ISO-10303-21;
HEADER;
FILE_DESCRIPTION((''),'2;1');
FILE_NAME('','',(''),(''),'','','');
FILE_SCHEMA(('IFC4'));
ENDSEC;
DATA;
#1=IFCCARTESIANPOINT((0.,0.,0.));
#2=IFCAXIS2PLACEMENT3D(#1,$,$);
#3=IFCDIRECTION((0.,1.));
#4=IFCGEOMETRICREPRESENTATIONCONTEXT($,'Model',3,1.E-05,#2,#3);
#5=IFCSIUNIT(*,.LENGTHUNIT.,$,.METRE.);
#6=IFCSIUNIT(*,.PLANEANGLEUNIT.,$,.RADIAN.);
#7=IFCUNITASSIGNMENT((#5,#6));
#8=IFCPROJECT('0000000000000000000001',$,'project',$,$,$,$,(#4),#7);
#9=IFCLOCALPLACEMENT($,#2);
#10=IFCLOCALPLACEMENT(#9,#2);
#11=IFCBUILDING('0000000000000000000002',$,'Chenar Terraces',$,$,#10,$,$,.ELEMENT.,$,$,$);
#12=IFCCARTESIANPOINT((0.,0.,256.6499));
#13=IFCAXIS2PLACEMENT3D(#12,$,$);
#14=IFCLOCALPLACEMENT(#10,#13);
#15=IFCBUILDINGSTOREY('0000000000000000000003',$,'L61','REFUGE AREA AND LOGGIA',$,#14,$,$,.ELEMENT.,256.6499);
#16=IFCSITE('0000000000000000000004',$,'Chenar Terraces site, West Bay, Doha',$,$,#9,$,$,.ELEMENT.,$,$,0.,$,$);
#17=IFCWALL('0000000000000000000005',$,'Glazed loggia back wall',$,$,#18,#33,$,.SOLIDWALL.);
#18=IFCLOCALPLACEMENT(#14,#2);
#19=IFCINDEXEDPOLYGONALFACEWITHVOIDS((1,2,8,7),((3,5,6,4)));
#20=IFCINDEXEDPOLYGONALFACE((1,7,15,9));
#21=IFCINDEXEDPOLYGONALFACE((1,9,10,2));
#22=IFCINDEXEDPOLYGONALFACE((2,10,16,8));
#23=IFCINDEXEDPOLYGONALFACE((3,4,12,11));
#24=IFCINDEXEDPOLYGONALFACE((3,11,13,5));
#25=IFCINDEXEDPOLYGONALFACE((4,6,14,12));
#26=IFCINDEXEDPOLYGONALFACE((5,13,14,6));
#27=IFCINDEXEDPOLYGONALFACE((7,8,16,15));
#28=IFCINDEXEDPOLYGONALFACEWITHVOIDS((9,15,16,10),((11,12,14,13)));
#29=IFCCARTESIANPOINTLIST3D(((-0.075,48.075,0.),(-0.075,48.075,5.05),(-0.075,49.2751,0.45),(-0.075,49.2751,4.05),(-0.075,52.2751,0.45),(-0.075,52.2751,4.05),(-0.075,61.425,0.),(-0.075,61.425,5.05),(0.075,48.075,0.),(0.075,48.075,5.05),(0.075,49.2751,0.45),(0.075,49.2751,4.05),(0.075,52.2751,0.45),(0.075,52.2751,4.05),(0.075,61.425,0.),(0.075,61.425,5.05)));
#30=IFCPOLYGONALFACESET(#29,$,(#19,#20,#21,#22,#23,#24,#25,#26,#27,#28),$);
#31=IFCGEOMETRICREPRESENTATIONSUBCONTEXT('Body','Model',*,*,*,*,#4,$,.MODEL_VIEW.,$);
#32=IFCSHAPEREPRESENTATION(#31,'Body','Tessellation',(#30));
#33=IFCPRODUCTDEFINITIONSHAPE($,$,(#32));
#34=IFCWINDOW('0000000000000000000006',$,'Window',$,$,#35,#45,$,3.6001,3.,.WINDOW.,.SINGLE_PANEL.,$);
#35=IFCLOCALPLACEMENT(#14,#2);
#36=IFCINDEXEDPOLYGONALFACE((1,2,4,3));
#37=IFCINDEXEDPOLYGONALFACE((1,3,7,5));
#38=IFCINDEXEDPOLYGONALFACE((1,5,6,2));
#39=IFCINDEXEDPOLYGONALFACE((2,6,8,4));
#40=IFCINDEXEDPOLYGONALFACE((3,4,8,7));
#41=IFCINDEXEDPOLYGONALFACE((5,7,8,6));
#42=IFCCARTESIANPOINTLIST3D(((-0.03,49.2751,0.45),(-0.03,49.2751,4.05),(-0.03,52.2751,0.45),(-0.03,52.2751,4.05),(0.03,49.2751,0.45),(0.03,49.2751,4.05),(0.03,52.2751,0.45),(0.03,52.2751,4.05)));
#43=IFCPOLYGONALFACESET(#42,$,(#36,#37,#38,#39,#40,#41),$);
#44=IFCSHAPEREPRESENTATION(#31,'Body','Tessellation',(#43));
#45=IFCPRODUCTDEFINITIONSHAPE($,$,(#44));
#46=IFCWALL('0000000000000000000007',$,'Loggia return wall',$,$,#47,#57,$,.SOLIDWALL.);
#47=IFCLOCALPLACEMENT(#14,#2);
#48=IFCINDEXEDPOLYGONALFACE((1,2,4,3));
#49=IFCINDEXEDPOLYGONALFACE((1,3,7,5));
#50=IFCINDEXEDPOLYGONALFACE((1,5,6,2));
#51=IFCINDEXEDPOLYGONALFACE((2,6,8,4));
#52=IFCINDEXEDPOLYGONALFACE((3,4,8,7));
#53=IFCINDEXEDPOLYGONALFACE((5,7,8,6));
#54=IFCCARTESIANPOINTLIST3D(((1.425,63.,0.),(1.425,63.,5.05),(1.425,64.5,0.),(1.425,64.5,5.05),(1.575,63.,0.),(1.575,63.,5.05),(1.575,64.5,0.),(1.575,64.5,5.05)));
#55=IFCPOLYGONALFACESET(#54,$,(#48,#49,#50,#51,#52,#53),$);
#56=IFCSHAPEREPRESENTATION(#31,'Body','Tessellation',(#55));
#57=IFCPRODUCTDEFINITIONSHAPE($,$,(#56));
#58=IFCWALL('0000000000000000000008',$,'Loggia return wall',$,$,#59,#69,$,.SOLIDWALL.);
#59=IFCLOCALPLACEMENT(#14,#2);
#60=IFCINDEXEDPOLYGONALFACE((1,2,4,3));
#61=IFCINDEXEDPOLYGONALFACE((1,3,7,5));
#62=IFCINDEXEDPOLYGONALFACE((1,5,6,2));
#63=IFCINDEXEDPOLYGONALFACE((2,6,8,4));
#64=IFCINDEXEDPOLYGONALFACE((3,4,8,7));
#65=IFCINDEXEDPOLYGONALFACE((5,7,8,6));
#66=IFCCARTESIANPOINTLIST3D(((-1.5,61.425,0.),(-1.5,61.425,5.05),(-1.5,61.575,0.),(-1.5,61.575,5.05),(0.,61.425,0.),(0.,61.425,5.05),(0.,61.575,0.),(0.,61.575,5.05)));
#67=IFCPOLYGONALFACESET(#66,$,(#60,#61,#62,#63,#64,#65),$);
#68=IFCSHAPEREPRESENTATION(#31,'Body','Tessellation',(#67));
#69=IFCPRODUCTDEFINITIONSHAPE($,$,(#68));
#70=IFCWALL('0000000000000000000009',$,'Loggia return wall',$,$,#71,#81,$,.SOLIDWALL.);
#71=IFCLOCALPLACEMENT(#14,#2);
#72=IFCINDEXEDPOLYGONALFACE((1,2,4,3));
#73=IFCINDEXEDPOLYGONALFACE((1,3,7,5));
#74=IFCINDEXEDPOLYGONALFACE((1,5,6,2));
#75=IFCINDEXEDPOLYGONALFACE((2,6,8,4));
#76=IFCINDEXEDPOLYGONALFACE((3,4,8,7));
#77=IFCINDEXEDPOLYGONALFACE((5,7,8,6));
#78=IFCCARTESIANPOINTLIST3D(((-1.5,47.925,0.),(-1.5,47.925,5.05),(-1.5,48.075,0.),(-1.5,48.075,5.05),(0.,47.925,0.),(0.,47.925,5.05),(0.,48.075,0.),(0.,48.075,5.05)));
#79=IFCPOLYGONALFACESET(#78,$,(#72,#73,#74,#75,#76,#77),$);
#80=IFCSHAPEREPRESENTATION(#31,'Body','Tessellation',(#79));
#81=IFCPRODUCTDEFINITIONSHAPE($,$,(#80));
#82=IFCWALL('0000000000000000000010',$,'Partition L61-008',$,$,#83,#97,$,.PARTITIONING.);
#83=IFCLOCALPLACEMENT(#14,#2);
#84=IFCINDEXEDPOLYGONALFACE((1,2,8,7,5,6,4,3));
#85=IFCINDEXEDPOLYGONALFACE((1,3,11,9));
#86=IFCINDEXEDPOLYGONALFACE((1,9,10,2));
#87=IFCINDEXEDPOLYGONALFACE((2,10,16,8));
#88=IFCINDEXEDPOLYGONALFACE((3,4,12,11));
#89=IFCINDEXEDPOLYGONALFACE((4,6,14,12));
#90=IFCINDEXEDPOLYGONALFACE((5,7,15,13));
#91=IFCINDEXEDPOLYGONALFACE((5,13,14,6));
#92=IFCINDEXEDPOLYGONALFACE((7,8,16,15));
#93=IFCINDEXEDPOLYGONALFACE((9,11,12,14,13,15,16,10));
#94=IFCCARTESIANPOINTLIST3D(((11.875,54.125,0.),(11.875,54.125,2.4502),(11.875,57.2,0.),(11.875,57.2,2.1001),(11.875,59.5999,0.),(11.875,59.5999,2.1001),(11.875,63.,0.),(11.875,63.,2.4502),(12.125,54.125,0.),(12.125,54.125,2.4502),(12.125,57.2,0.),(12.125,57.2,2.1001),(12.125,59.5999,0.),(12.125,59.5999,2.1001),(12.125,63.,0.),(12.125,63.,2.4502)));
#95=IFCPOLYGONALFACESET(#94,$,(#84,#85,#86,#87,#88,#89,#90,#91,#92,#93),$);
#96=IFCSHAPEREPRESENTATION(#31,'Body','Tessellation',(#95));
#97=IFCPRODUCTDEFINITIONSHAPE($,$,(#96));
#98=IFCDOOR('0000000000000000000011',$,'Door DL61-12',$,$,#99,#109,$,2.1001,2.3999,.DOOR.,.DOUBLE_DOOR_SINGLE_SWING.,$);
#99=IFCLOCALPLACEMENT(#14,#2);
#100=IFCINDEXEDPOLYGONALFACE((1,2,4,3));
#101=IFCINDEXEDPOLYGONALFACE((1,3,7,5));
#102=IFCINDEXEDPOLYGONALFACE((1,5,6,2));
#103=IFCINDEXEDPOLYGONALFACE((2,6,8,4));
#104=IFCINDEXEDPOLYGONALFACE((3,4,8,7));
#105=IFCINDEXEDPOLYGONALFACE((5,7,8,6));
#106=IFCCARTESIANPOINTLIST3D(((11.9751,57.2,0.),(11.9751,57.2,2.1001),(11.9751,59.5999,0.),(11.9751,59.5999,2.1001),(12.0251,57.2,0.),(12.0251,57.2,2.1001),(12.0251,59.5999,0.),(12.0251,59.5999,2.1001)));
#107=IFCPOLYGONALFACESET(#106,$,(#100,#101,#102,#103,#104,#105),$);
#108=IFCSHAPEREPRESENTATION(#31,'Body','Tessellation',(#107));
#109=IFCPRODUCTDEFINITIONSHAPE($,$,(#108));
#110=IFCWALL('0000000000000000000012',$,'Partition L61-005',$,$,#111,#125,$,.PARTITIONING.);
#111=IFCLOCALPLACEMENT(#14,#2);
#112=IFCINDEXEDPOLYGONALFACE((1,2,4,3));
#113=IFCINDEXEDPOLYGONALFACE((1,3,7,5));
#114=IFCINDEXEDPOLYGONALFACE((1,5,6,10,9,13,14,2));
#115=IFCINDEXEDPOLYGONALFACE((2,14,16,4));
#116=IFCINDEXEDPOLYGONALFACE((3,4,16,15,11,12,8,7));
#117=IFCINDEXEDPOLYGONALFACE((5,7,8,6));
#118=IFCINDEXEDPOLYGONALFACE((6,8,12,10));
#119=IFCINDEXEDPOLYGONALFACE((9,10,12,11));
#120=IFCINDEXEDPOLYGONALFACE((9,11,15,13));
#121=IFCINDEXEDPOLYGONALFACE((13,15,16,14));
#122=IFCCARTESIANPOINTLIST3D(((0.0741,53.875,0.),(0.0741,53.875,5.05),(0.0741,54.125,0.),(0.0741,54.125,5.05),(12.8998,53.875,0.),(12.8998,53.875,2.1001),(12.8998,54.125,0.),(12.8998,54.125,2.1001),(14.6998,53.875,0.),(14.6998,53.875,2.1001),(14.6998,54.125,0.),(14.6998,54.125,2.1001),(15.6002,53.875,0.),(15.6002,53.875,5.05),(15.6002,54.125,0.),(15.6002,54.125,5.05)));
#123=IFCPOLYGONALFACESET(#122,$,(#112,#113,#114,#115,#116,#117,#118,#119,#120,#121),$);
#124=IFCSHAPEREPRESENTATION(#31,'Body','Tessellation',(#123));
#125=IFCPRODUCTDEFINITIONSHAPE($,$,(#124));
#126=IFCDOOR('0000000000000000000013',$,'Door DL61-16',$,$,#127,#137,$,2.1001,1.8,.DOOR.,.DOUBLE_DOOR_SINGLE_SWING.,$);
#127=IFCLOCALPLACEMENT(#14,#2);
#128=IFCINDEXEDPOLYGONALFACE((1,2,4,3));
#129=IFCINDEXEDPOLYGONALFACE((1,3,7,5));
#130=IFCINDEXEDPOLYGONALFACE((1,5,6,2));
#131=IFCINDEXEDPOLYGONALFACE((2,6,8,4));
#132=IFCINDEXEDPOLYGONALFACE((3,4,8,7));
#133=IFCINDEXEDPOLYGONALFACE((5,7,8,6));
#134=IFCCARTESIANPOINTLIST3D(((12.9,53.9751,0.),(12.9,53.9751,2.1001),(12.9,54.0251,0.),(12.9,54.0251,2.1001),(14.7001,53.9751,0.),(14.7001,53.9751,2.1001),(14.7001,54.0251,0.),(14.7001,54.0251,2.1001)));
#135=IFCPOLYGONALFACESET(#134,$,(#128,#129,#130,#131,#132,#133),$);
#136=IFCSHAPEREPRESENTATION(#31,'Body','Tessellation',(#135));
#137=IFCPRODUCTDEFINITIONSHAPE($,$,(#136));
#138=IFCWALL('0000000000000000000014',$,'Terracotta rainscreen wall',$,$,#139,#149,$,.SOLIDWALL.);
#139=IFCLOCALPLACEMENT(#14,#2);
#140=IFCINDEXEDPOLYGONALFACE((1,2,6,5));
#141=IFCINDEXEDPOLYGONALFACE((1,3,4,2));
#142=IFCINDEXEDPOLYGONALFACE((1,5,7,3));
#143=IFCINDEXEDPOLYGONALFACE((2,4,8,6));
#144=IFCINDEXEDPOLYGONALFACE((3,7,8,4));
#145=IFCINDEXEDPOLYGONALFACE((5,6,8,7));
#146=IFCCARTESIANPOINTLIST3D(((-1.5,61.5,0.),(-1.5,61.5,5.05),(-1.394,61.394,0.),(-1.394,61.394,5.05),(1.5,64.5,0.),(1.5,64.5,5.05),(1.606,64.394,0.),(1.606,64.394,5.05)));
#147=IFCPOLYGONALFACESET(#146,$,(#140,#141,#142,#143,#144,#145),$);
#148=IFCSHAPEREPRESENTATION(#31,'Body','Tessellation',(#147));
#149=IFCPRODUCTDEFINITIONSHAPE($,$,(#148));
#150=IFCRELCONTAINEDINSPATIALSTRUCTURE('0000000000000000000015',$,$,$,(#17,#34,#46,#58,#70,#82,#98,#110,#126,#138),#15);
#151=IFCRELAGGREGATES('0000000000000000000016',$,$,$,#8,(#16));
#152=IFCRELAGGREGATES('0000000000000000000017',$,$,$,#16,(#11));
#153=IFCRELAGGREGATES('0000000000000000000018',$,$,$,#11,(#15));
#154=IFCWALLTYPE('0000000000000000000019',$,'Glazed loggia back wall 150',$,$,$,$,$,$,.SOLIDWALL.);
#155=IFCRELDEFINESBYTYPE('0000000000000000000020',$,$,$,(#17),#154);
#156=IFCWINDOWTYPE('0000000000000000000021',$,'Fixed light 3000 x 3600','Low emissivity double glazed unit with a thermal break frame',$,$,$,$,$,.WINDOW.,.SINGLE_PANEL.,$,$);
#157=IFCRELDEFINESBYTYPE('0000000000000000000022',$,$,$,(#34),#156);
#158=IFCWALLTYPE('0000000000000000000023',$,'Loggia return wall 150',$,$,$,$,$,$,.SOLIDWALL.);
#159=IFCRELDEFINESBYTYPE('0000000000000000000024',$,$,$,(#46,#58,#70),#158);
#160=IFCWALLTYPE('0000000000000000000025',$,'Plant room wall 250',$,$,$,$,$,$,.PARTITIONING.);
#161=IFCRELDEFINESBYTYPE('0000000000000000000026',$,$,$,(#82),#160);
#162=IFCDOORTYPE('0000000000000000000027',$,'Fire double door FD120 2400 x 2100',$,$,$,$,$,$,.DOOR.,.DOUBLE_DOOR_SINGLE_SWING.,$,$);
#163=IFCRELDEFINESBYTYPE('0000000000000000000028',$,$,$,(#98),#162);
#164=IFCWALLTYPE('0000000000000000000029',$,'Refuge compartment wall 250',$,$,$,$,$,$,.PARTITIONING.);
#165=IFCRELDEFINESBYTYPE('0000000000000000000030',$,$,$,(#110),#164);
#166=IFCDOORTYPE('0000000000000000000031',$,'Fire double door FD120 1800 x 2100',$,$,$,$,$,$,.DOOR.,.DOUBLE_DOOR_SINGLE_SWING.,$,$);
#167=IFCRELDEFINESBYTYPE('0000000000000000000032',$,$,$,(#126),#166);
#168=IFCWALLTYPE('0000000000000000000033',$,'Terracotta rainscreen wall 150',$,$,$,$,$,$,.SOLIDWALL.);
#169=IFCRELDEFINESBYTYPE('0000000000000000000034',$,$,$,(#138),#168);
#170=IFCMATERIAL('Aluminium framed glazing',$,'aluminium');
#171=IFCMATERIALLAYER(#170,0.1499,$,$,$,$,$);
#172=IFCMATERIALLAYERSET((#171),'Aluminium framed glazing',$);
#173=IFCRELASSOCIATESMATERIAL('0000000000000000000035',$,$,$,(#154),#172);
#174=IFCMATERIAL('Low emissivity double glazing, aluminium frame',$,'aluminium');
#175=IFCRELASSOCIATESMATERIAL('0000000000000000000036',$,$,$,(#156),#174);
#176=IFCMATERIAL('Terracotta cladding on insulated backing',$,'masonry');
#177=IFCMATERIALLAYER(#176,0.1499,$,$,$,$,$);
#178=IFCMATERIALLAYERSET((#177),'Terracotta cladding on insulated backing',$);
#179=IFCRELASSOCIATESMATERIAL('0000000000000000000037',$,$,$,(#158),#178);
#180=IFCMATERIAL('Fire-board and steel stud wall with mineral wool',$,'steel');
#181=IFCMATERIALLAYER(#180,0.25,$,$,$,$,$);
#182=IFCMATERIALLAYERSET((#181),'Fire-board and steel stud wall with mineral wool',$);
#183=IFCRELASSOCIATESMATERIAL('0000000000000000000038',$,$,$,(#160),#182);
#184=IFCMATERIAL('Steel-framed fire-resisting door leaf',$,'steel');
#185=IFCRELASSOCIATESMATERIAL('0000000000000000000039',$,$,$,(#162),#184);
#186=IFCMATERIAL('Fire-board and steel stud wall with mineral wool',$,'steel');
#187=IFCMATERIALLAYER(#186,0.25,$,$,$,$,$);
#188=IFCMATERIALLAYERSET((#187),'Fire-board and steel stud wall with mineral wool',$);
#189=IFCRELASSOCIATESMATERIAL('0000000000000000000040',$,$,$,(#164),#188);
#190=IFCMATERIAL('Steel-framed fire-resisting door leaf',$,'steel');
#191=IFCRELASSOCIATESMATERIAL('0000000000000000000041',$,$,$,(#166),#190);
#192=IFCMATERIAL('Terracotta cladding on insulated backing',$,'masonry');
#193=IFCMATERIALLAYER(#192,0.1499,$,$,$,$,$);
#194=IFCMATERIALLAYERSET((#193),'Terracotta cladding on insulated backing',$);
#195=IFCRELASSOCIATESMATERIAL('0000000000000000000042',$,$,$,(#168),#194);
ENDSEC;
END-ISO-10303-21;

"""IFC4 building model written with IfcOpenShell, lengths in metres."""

from ifc_helpers import new_model, si_unit, direction, frame, frame_2d, origin, place, context, subcontext, project, spatial, rectangle, extrude, material, layer, layer_set, type_object, element, fill, save


model = new_model("IFC4")

# Units and contexts
model_context = context("Model", 3, precision=1e-05, world=origin(), true_north=direction((0.0, 1.0)))
body_context = subcontext(model_context, "Body", "Model", "MODEL_VIEW")
ifc_project = project(units=[si_unit("LENGTHUNIT", "METRE"), si_unit("PLANEANGLEUNIT", "RADIAN")], contexts=[model_context])

# Site, building, storey
site_placement = place(None, origin())
site = spatial("IfcSite", under=ifc_project, at=site_placement, Name="Chenar Terraces site, West Bay, Doha", CompositionType="ELEMENT", RefElevation=0.0)
building_placement = place(site_placement, origin())
building = spatial("IfcBuilding", under=site, at=building_placement, Name="Chenar Terraces", CompositionType="ELEMENT")
storey_placement = place(building_placement, frame((0.0, 0.0, 256.6499)))
storey = spatial("IfcBuildingStorey", under=building, at=storey_placement, Name="L61", Description="REFUGE AREA AND LOGGIA", CompositionType="ELEMENT", Elevation=256.6499)

# Shared definitions
ifc_material_1 = material(Name="Aluminium framed glazing", Category="aluminium")
ifc_layer_1 = layer(ifc_material_1, 0.1499)
ifc_layer_set_1 = layer_set([ifc_layer_1], Name="Aluminium framed glazing")
wall_type_1 = type_object("IfcWallType", Name="Glazed loggia back wall 150", PredefinedType="SOLIDWALL", material=ifc_layer_set_1)

# Wall, opening, window
wall_1_placement = place(storey_placement, frame((0.0, 61.425, 0.0), z_axis=(0.0, 0.0, 1.0), x_axis=(0.0, -1.0, 0.0)))
wall_1 = element("IfcWall", 1, at=wall_1_placement, inside=storey, type_object=wall_type_1, Name="Glazed loggia back wall", PredefinedType="SOLIDWALL", context=body_context, shape_type="SweptSolid", body=[
    extrude(rectangle(XDim=13.3501, YDim=0.1499, at=frame_2d((6.675, 0.0))), origin(), (0.0, 0.0, 1.0), 5.05),
])
opening_1_placement = place(wall_1_placement, frame((9.1499, 0.0, 0.45)))
opening_1 = element("IfcOpeningElement", 2, at=opening_1_placement, cuts=wall_1, PredefinedType="OPENING", context=body_context, shape_type="SweptSolid", body=[
    extrude(rectangle(XDim=3.0, YDim=3.6001, at=frame_2d((1.5, 1.8))), frame((0.0, 0.085, 0.0), z_axis=(0.0, -1.0, 0.0), x_axis=(1.0, 0.0, 0.0)), (0.0, 0.0, 1.0), 0.1699),
])
ifc_material_2 = material(Name="Low emissivity double glazing, aluminium frame", Category="aluminium")
window_type = type_object("IfcWindowType", Name="Fixed light 3000 x 3600", Description="Low emissivity double glazed unit with a thermal break frame", PartitioningType="SINGLE_PANEL", PredefinedType="WINDOW", material=ifc_material_2)
window_placement = place(opening_1_placement, origin())
window = element("IfcWindow", 3, at=window_placement, inside=storey, type_object=window_type, Name="Window", OverallHeight=3.6001, OverallWidth=3.0, PartitioningType="SINGLE_PANEL", PredefinedType="WINDOW", context=body_context, shape_type="SweptSolid", body=[
    extrude(rectangle(XDim=3.0, YDim=3.6001, at=frame_2d((1.5, 1.8))), frame((0.0, 0.03, 0.0), z_axis=(0.0, -1.0, 0.0), x_axis=(1.0, 0.0, 0.0)), (0.0, 0.0, 1.0), 0.0601),
])
fill(opening_1, window)

# Walls
ifc_material_3 = material(Name="Terracotta cladding on insulated backing", Category="masonry")
ifc_layer_2 = layer(ifc_material_3, 0.1499)
ifc_layer_set_2 = layer_set([ifc_layer_2], Name="Terracotta cladding on insulated backing")
wall_type_2 = type_object("IfcWallType", Name="Loggia return wall 150", PredefinedType="SOLIDWALL", material=ifc_layer_set_2)
for number, where, z_axis, x_axis, name in (
    (4, (1.5, 64.5, 0.0), (0.0, 0.0, 1.0), (0.0, -1.0, 0.0), "Loggia return wall"),
    (5, (-1.5, 61.5, 0.0), (0.0, 0.0, 1.0), (1.0, 0.0, 0.0), "Loggia return wall"),
    (6, (-1.5, 48.0, 0.0), (0.0, 0.0, 1.0), (1.0, 0.0, 0.0), "Loggia return wall"),
):
    element("IfcWall", number, at=place(storey_placement, frame(where, z_axis=z_axis, x_axis=x_axis)), inside=storey, type_object=wall_type_2, Name=name, PredefinedType="SOLIDWALL", context=body_context, shape_type="SweptSolid", body=[
        extrude(rectangle(XDim=1.5, YDim=0.1499, at=frame_2d((0.75, 0.0))), origin(), (0.0, 0.0, 1.0), 5.05),
    ])

# Walls, openings, doors
ifc_material_4 = material(Name="Fire-board and steel stud wall with mineral wool", Category="steel")
ifc_layer_3 = layer(ifc_material_4, 0.25)
ifc_layer_set_3 = layer_set([ifc_layer_3], Name="Fire-board and steel stud wall with mineral wool")
wall_type_3 = type_object("IfcWallType", Name="Plant room wall 250", PredefinedType="PARTITIONING", material=ifc_layer_set_3)
wall_2_placement = place(storey_placement, frame((12.0, 54.125, 0.0), z_axis=(0.0, 0.0, 1.0), x_axis=(0.0, 1.0, 0.0)))
wall_2 = element("IfcWall", 7, at=wall_2_placement, inside=storey, type_object=wall_type_3, Name="Partition L61-008", PredefinedType="PARTITIONING", context=body_context, shape_type="SweptSolid", body=[
    extrude(rectangle(XDim=8.875, YDim=0.25, at=frame_2d((4.4375, 0.0))), origin(), (0.0, 0.0, 1.0), 2.4502),
])
opening_2_placement = place(wall_2_placement, frame((3.075, 0.0, 0.0)))
opening_2 = element("IfcOpeningElement", 8, at=opening_2_placement, cuts=wall_2, PredefinedType="OPENING", context=body_context, shape_type="SweptSolid", body=[
    extrude(rectangle(XDim=2.3999, YDim=2.1001, at=frame_2d((1.2, 1.05))), frame((0.0, 0.135, 0.0), z_axis=(0.0, -1.0, 0.0), x_axis=(1.0, 0.0, 0.0)), (0.0, 0.0, 1.0), 0.27),
])
ifc_material_5 = material(Name="Steel-framed fire-resisting door leaf", Category="steel")
door_type_1 = type_object("IfcDoorType", Name="Fire double door FD120 2400 x 2100", OperationType="DOUBLE_DOOR_SINGLE_SWING", PredefinedType="DOOR", material=ifc_material_5)
door_1_placement = place(opening_2_placement, origin())
door_1 = element("IfcDoor", 9, at=door_1_placement, inside=storey, type_object=door_type_1, Name="Door DL61-12", OperationType="DOUBLE_DOOR_SINGLE_SWING", OverallHeight=2.1001, OverallWidth=2.3999, PredefinedType="DOOR", context=body_context, shape_type="SweptSolid", body=[
    extrude(rectangle(XDim=2.3999, YDim=2.1001, at=frame_2d((1.2, 1.05))), frame((0.0, 0.0249, 0.0), z_axis=(0.0, -1.0, 0.0), x_axis=(1.0, 0.0, 0.0)), (0.0, 0.0, 1.0), 0.05),
])
fill(opening_2, door_1)
ifc_material_6 = material(Name="Fire-board and steel stud wall with mineral wool", Category="steel")
ifc_layer_4 = layer(ifc_material_6, 0.25)
ifc_layer_set_4 = layer_set([ifc_layer_4], Name="Fire-board and steel stud wall with mineral wool")
wall_type_4 = type_object("IfcWallType", Name="Refuge compartment wall 250", PredefinedType="PARTITIONING", material=ifc_layer_set_4)
wall_3_placement = place(storey_placement, frame((0.074, 54.0, 0.0), z_axis=(0.0, 0.0, 1.0), x_axis=(1.0, 0.0, 0.0)))
wall_3 = element("IfcWall", 10, at=wall_3_placement, inside=storey, type_object=wall_type_4, Name="Partition L61-005", PredefinedType="PARTITIONING", context=body_context, shape_type="SweptSolid", body=[
    extrude(rectangle(XDim=15.5261, YDim=0.25, at=frame_2d((7.7632, 0.0))), origin(), (0.0, 0.0, 1.0), 5.05),
])
opening_3_placement = place(wall_3_placement, frame((12.8259, 0.0, 0.0)))
opening_3 = element("IfcOpeningElement", 11, at=opening_3_placement, cuts=wall_3, PredefinedType="OPENING", context=body_context, shape_type="SweptSolid", body=[
    extrude(rectangle(XDim=1.8, YDim=2.1001, at=frame_2d((0.8999, 1.05))), frame((0.0, 0.135, 0.0), z_axis=(0.0, -1.0, 0.0), x_axis=(1.0, 0.0, 0.0)), (0.0, 0.0, 1.0), 0.27),
])
ifc_material_7 = material(Name="Steel-framed fire-resisting door leaf", Category="steel")
door_type_2 = type_object("IfcDoorType", Name="Fire double door FD120 1800 x 2100", OperationType="DOUBLE_DOOR_SINGLE_SWING", PredefinedType="DOOR", material=ifc_material_7)
door_2_placement = place(opening_3_placement, frame((1.8, 0.0, 0.0), z_axis=(0.0, 0.0, 1.0), x_axis=(-1.0, 0.0, 0.0)))
door_2 = element("IfcDoor", 12, at=door_2_placement, inside=storey, type_object=door_type_2, Name="Door DL61-16", OperationType="DOUBLE_DOOR_SINGLE_SWING", OverallHeight=2.1001, OverallWidth=1.8, PredefinedType="DOOR", context=body_context, shape_type="SweptSolid", body=[
    extrude(rectangle(XDim=1.8, YDim=2.1001, at=frame_2d((0.8999, 1.05))), frame((0.0, 0.0249, 0.0), z_axis=(0.0, -1.0, 0.0), x_axis=(1.0, 0.0, 0.0)), (0.0, 0.0, 1.0), 0.05),
])
fill(opening_3, door_2)

# Wall
ifc_material_8 = material(Name="Terracotta cladding on insulated backing", Category="masonry")
ifc_layer_5 = layer(ifc_material_8, 0.1499)
ifc_layer_set_5 = layer_set([ifc_layer_5], Name="Terracotta cladding on insulated backing")
wall_type_5 = type_object("IfcWallType", Name="Terracotta rainscreen wall 150", PredefinedType="SOLIDWALL", material=ifc_layer_set_5)
wall_4_placement = place(storey_placement, frame((1.553, 64.447, 0.0), z_axis=(0.0, 0.0, 1.0), x_axis=(-0.707107, -0.707107, 0.0)))
element("IfcWall", 13, at=wall_4_placement, inside=storey, type_object=wall_type_5, Name="Terracotta rainscreen wall", PredefinedType="SOLIDWALL", context=body_context, shape_type="SweptSolid", body=[
    extrude(rectangle(XDim=4.2427, YDim=0.1499, at=frame_2d((2.1213, 0.0))), origin(), (0.0, 0.0, 1.0), 5.05),
])

save(model, "model.ifc")
